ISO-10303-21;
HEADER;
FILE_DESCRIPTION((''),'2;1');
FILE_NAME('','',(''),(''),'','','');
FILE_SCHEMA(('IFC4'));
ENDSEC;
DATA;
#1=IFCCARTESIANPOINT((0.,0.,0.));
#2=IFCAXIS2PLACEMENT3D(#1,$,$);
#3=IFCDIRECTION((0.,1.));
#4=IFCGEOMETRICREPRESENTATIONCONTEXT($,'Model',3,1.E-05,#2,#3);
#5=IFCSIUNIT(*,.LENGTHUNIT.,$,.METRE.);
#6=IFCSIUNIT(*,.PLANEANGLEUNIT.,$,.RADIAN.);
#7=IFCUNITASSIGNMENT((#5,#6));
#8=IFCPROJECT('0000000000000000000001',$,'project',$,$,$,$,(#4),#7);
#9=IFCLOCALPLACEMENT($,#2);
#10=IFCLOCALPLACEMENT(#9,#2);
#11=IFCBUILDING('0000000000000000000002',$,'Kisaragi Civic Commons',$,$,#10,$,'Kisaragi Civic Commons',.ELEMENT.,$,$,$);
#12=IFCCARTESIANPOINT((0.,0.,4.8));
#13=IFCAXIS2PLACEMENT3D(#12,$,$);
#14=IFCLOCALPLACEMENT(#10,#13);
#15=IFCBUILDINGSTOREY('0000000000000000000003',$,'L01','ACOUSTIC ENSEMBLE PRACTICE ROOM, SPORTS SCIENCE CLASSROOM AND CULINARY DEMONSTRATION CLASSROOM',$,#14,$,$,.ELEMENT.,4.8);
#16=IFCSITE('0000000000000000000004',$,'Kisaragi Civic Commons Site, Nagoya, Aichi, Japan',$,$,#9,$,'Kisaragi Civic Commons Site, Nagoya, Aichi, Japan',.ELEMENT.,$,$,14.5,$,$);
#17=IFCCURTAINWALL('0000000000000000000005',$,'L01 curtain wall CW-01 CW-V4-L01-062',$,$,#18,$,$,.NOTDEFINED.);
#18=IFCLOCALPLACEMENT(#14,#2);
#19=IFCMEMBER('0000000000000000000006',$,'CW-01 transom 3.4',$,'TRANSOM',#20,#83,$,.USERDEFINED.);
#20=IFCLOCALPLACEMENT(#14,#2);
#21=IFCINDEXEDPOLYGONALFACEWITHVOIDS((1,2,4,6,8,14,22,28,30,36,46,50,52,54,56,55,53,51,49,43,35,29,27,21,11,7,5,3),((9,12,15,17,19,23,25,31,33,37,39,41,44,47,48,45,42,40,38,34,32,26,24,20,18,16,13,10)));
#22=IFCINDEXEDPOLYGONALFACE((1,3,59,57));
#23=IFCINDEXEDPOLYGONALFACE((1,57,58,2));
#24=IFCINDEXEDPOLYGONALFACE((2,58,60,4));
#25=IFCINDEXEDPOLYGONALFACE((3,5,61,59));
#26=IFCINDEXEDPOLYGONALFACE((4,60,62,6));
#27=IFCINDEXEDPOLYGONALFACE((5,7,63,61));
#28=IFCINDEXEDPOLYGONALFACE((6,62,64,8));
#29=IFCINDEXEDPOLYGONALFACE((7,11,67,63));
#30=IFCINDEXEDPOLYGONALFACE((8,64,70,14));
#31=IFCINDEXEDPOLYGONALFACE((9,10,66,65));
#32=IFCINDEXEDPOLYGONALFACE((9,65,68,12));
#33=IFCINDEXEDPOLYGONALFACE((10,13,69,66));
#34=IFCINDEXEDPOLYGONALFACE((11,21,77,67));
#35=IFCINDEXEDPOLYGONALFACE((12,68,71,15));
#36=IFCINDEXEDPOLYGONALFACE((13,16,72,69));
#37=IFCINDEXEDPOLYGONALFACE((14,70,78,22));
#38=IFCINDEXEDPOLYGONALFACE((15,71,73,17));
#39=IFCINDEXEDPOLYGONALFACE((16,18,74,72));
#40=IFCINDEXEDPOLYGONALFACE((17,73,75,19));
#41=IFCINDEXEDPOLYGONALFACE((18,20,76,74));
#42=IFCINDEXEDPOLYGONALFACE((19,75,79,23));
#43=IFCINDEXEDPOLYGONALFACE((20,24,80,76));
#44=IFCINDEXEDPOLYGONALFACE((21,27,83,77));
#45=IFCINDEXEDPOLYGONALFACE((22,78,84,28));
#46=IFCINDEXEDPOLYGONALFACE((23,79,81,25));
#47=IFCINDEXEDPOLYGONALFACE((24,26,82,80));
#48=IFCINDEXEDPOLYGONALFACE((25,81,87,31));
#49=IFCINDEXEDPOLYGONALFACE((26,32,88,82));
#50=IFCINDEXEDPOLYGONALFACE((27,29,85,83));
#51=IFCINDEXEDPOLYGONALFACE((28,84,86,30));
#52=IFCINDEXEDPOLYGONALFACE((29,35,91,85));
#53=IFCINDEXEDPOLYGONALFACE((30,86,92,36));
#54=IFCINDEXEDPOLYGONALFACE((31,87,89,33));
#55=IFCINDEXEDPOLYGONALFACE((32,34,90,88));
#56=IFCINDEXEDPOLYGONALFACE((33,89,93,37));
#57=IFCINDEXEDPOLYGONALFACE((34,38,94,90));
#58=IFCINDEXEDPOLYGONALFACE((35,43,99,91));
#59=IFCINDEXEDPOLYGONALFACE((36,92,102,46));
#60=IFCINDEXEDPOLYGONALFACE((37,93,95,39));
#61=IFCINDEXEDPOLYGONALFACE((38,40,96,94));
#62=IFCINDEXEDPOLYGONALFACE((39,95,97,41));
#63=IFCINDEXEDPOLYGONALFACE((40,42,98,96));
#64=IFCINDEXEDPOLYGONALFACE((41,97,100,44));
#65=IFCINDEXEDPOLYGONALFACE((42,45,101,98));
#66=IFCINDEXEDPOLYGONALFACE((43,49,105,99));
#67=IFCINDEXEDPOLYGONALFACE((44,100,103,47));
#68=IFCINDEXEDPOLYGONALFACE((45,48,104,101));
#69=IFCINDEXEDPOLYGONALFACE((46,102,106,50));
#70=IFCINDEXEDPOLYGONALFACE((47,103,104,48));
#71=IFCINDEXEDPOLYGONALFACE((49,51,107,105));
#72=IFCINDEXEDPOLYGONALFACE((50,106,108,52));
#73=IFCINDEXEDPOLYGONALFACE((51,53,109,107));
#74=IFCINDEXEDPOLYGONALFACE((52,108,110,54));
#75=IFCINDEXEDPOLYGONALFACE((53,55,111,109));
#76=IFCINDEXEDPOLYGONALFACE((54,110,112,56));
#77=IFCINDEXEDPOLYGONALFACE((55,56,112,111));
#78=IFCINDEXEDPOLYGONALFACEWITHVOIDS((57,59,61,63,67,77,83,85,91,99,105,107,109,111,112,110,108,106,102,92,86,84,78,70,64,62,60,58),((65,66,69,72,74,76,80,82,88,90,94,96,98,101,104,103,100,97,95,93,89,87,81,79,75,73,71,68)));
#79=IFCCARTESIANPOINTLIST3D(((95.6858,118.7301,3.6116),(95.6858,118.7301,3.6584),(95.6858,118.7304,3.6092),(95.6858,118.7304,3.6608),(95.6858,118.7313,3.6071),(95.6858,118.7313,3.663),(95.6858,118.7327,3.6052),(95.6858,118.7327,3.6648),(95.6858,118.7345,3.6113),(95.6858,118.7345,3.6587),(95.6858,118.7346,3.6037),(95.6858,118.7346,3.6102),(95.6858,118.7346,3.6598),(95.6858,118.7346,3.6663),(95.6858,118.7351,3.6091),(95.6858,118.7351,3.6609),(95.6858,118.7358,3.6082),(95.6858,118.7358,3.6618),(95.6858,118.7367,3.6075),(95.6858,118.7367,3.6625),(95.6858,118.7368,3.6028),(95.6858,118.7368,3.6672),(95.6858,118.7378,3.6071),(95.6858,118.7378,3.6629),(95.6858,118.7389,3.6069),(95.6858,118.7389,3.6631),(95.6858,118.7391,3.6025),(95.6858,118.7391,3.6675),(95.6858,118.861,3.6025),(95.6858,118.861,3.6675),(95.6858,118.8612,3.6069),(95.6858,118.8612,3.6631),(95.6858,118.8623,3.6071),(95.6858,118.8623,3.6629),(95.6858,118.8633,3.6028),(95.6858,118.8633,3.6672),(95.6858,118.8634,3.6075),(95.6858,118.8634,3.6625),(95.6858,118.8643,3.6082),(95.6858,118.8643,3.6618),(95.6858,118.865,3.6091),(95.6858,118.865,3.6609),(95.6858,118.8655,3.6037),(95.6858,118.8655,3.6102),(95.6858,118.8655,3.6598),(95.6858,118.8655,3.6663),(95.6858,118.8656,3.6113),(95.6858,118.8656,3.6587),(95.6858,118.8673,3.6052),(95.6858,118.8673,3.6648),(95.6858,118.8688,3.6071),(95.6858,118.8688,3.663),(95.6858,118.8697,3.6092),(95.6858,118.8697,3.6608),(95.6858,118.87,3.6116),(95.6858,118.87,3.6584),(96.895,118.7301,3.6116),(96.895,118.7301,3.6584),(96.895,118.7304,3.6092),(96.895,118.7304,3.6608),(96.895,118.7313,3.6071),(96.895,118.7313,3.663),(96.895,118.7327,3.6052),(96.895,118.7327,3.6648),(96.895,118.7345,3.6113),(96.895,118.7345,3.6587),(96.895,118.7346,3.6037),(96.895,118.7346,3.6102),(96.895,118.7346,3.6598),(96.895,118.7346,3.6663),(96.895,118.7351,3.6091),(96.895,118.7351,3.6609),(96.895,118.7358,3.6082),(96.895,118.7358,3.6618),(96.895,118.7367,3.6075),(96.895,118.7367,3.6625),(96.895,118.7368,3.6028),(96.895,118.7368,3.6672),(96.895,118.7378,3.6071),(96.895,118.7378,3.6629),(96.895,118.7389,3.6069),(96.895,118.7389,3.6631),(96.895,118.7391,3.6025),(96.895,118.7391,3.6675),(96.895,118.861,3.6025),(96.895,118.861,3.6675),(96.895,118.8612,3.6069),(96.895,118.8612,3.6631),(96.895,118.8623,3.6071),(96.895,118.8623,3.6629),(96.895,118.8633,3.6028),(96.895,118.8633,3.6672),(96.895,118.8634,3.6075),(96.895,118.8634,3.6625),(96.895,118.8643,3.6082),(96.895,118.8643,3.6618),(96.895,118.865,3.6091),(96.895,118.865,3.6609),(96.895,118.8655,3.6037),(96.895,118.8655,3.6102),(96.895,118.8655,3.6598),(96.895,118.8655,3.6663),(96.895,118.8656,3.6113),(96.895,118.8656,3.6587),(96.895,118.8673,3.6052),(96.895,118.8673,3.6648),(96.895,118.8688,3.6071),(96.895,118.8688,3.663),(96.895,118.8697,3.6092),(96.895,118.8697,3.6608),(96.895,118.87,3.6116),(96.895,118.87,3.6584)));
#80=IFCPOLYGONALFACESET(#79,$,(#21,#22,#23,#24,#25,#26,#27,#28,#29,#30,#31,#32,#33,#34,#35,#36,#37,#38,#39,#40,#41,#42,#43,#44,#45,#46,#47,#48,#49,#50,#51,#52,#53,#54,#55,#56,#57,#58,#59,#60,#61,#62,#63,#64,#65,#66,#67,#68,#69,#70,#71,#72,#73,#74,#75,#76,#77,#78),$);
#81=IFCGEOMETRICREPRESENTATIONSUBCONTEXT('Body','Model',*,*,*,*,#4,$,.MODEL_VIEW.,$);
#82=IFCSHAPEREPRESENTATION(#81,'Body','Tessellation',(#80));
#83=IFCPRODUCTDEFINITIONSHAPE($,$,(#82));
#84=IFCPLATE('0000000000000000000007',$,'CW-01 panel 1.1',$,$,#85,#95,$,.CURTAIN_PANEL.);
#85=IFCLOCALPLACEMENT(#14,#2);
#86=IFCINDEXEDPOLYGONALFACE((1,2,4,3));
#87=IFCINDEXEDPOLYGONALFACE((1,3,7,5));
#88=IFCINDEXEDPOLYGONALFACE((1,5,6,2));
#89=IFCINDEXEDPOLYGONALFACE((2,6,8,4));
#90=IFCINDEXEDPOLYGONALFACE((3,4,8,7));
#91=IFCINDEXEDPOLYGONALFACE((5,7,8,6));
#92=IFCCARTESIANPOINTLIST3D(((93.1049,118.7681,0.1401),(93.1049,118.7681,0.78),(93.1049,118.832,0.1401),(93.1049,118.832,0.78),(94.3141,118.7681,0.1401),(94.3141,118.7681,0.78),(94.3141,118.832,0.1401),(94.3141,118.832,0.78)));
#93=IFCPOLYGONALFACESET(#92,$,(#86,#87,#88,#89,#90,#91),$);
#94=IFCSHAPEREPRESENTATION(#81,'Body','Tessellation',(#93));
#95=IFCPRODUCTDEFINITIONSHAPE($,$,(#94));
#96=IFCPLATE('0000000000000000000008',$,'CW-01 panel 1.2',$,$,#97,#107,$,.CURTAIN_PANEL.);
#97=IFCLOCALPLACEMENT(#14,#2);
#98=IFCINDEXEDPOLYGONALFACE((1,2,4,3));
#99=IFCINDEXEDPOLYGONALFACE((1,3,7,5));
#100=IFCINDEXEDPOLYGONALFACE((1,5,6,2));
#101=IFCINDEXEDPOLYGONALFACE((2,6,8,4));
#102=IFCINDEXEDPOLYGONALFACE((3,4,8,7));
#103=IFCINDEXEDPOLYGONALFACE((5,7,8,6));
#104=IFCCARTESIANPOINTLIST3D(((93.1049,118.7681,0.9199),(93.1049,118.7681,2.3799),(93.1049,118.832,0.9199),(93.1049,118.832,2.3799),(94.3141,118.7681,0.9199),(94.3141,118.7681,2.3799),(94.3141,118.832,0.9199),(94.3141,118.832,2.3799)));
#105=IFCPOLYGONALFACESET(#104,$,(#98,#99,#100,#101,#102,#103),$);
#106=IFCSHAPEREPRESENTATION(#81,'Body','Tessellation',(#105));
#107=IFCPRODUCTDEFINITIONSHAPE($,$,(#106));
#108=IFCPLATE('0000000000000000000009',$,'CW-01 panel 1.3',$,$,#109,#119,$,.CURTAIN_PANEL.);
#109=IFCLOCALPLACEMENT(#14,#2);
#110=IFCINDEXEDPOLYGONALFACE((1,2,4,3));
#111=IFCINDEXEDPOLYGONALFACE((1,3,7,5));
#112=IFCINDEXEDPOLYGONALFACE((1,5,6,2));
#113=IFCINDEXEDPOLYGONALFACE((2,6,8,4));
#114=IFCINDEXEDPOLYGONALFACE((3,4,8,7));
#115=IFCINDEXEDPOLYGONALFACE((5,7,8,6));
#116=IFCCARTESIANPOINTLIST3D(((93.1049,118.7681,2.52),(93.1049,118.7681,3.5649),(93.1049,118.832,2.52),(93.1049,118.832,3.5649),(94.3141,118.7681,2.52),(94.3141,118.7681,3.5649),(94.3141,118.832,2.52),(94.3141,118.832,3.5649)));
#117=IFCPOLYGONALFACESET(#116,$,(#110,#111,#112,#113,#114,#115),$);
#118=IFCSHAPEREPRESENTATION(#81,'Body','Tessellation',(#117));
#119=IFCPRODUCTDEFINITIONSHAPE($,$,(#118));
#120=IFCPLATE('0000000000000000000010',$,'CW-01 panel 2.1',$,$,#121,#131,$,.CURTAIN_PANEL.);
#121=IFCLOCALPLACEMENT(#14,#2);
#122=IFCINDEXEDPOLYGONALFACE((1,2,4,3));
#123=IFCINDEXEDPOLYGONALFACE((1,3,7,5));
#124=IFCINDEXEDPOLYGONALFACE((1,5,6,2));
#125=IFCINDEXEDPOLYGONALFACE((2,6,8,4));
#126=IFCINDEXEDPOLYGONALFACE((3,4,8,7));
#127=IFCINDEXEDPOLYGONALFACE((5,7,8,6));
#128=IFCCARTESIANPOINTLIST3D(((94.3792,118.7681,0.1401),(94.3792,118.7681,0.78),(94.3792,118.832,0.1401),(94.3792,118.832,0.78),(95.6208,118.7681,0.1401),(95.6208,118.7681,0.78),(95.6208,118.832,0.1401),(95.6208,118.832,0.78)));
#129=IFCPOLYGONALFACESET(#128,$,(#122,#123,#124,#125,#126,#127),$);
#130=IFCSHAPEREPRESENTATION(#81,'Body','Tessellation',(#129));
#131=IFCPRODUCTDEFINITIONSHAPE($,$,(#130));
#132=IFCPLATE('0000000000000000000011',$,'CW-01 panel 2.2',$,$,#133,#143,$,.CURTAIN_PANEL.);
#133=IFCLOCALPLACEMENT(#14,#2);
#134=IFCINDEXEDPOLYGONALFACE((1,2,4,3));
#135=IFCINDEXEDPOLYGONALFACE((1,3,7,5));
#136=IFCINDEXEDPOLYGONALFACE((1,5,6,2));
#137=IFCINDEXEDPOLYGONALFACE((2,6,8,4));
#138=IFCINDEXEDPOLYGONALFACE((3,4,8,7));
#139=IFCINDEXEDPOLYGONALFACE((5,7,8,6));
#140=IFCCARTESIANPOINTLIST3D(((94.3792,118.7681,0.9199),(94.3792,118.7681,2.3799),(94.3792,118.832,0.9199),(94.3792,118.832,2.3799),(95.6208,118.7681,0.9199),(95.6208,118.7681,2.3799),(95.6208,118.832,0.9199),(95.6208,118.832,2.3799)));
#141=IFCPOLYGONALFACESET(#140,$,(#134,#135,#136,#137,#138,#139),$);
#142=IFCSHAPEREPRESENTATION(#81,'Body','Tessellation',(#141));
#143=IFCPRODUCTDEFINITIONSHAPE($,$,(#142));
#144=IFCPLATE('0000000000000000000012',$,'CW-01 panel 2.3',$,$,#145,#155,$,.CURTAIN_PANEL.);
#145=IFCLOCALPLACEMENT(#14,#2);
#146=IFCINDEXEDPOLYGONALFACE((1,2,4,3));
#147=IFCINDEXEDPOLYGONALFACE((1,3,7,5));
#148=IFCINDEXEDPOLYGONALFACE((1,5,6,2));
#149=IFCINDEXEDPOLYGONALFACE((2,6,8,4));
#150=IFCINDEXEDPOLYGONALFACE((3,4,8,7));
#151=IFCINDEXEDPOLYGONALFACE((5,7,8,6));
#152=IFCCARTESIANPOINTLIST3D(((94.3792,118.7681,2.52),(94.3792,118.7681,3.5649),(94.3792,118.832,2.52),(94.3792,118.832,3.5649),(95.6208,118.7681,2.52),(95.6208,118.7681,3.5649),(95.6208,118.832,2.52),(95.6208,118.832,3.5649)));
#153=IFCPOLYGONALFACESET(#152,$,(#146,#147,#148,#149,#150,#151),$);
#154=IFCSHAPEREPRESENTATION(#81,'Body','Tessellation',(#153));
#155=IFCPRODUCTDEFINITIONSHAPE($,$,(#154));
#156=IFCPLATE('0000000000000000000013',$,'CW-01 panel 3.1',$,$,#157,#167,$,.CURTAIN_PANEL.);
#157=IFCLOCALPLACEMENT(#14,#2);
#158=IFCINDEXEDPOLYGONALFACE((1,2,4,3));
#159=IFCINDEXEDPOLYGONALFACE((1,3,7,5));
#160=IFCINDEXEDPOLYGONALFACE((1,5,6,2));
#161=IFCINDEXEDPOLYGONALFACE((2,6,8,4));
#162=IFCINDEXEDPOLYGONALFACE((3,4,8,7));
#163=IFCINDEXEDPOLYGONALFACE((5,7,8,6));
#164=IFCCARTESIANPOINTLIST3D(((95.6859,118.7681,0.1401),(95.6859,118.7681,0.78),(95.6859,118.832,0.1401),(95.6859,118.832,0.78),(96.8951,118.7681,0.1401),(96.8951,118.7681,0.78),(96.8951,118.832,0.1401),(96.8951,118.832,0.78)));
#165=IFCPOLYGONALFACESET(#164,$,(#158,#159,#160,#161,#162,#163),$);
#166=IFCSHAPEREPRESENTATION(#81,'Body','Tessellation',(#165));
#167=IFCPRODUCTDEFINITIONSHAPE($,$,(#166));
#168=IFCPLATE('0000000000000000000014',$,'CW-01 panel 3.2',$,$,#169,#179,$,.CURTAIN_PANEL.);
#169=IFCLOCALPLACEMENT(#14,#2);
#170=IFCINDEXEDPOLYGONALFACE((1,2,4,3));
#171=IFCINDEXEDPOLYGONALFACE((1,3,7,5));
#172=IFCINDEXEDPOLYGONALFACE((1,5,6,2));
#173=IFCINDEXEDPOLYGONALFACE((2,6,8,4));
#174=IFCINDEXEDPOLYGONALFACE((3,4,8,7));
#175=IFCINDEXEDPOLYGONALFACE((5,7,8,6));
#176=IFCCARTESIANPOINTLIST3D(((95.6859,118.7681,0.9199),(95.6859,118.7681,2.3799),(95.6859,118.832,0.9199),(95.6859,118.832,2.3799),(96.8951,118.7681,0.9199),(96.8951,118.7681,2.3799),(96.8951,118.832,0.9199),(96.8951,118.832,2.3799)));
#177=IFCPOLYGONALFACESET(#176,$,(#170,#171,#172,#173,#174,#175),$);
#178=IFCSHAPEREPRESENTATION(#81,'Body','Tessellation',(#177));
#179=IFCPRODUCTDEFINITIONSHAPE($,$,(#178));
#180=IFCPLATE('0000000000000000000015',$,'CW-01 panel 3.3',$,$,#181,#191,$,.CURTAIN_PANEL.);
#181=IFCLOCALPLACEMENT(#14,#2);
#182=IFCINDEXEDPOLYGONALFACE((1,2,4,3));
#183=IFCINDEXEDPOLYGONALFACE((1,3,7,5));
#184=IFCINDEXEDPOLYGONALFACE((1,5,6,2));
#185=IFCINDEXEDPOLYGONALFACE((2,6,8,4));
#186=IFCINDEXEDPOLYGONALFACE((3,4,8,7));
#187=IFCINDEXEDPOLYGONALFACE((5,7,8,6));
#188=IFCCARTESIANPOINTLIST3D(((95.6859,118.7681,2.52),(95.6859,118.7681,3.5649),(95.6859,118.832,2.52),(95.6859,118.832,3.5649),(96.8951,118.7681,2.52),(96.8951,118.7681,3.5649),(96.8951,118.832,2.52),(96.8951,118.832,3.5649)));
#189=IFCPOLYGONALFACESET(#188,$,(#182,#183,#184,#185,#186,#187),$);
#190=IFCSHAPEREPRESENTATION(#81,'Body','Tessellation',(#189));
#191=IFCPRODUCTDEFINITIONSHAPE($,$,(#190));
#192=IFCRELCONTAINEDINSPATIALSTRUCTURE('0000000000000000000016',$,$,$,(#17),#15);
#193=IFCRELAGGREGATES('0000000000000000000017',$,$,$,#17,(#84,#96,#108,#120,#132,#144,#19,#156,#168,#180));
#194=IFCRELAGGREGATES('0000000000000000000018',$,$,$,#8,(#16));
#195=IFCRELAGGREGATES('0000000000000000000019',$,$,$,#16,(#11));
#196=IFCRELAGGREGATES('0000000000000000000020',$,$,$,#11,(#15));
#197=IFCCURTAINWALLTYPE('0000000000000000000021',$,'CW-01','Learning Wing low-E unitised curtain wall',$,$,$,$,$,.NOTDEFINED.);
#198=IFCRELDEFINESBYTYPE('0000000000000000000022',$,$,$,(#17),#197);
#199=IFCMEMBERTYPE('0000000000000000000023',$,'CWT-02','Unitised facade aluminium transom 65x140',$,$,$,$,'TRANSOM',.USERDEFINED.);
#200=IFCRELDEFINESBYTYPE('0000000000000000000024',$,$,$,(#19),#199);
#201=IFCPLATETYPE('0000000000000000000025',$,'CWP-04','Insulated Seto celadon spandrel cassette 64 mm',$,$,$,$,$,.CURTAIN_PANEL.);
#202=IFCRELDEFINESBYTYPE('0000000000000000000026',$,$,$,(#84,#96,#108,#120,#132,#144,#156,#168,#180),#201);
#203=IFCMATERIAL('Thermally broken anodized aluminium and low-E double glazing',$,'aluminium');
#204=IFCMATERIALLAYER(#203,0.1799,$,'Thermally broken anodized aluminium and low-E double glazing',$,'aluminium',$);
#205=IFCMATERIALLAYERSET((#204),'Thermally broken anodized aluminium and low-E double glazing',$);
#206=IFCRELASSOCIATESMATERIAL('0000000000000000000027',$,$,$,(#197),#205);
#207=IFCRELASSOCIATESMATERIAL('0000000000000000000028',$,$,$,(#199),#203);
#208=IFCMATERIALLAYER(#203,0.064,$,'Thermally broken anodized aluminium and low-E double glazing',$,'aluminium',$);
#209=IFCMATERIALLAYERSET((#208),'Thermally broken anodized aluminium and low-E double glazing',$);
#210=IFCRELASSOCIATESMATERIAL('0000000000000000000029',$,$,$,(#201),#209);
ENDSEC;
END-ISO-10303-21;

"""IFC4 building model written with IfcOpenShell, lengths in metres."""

from ifc_helpers import new_model, si_unit, direction, frame, origin, origin_2d, place, context, subcontext, project, spatial, rectangle, hollow_rectangle, extrude, material, layer, layer_set, material_profile, profile_set, type_object, element, aggregate, save


model = new_model("IFC4")

# Units and contexts
model_context = context("Model", 3, precision=1e-05, world=origin(), true_north=direction((0.0, 1.0)))
body_context = subcontext(model_context, "Body", "Model", "MODEL_VIEW")
ifc_project = project(units=[si_unit("LENGTHUNIT", "METRE"), si_unit("PLANEANGLEUNIT", "RADIAN")], contexts=[model_context])

# Site, building, storey
site_placement = place(None, origin())
site = spatial("IfcSite", under=ifc_project, at=site_placement, Name="Kisaragi Civic Commons Site, Nagoya, Aichi, Japan", LongName="Kisaragi Civic Commons Site, Nagoya, Aichi, Japan", CompositionType="ELEMENT", RefElevation=14.5)
building_placement = place(site_placement, origin())
building = spatial("IfcBuilding", under=site, at=building_placement, Name="Kisaragi Civic Commons", LongName="Kisaragi Civic Commons", CompositionType="ELEMENT")
storey_placement = place(building_placement, frame((0.0, 0.0, 4.8)))
storey = spatial("IfcBuildingStorey", under=building, at=storey_placement, Name="L01", Description="ACOUSTIC ENSEMBLE PRACTICE ROOM, SPORTS SCIENCE CLASSROOM AND CULINARY DEMONSTRATION CLASSROOM", CompositionType="ELEMENT", Elevation=4.8)

# Curtain wall, member, plates
ifc_material_1 = material(Name="Thermally broken anodized aluminium and low-E double glazing", Category="aluminium")
ifc_layer_1 = layer(ifc_material_1, 0.1799, Name="Thermally broken anodized aluminium and low-E double glazing", Category="aluminium")
ifc_layer_set_1 = layer_set([ifc_layer_1], Name="Thermally broken anodized aluminium and low-E double glazing")
curtain_wall_type = type_object("IfcCurtainWallType", Name="CW-01", Description="Learning Wing low-E unitised curtain wall", PredefinedType="NOTDEFINED", material=ifc_layer_set_1)
curtain_wall_placement = place(storey_placement, origin())
curtain_wall = element("IfcCurtainWall", 1, at=curtain_wall_placement, inside=storey, type_object=curtain_wall_type, Name="L01 curtain wall CW-01 CW-V4-L01-062", PredefinedType="NOTDEFINED")
ifc_material_profile_1 = material_profile(ifc_material_1, hollow_rectangle(XDim=0.1399, YDim=0.0649, WallThickness=0.0044, InnerFilletRadius=0.0044, OuterFilletRadius=0.009, at=origin_2d()), Name="CWT-65x140x4.5", Category="aluminium")
ifc_profile_set_1 = profile_set([ifc_material_profile_1], Name="Thermally broken anodized aluminium and low-E double glazing")
member_type_1 = type_object("IfcMemberType", Name="CWT-02", Description="Unitised facade aluminium transom 65x140", ElementType="TRANSOM", PredefinedType="USERDEFINED", material=ifc_profile_set_1)
member_1_placement = place(storey_placement, frame((95.6858, 118.8, 3.635), z_axis=(1.0, 0.0, 0.0), x_axis=(0.0, 1.0, 0.0)))
member_1 = element("IfcMember", 2, at=member_1_placement, type_object=member_type_1, Name="CW-01 transom 3.4", ObjectType="TRANSOM", PredefinedType="USERDEFINED", context=body_context, shape_type="SweptSolid", body=[
    extrude(hollow_rectangle(XDim=0.1399, YDim=0.0649, WallThickness=0.0044, InnerFilletRadius=0.0044, OuterFilletRadius=0.009, at=origin_2d()), origin(), (0.0, 0.0, 1.0), 1.2092),
])
ifc_layer_2 = layer(ifc_material_1, 0.064, Name="Thermally broken anodized aluminium and low-E double glazing", Category="aluminium")
ifc_layer_set_2 = layer_set([ifc_layer_2], Name="Thermally broken anodized aluminium and low-E double glazing")
plate_type = type_object("IfcPlateType", Name="CWP-04", Description="Insulated Seto celadon spandrel cassette 64 mm", PredefinedType="CURTAIN_PANEL", material=ifc_layer_set_2)
plate_1_placement = place(storey_placement, frame((93.7095, 118.8, 0.1401), z_axis=(0.0, 0.0, 1.0), x_axis=(1.0, 0.0, 0.0)))
plate_1 = element("IfcPlate", 3, at=plate_1_placement, type_object=plate_type, Name="CW-01 panel 1.1", PredefinedType="CURTAIN_PANEL", context=body_context, shape_type="SweptSolid", body=[
    extrude(rectangle(XDim=1.2092, YDim=0.064, at=origin_2d()), origin(), (0.0, 0.0, 1.0), 0.6399),
])
plate_2_placement = place(storey_placement, frame((93.7095, 118.8, 0.9199), z_axis=(0.0, 0.0, 1.0), x_axis=(1.0, 0.0, 0.0)))
plate_2 = element("IfcPlate", 4, at=plate_2_placement, type_object=plate_type, Name="CW-01 panel 1.2", PredefinedType="CURTAIN_PANEL", context=body_context, shape_type="SweptSolid", body=[
    extrude(rectangle(XDim=1.2092, YDim=0.064, at=origin_2d()), origin(), (0.0, 0.0, 1.0), 1.46),
])
plate_3_placement = place(storey_placement, frame((93.7095, 118.8, 2.52), z_axis=(0.0, 0.0, 1.0), x_axis=(1.0, 0.0, 0.0)))
plate_3 = element("IfcPlate", 5, at=plate_3_placement, type_object=plate_type, Name="CW-01 panel 1.3", PredefinedType="CURTAIN_PANEL", context=body_context, shape_type="SweptSolid", body=[
    extrude(rectangle(XDim=1.2092, YDim=0.064, at=origin_2d()), origin(), (0.0, 0.0, 1.0), 1.0449),
])
plate_4_placement = place(storey_placement, frame((95.0, 118.8, 0.1401), z_axis=(0.0, 0.0, 1.0), x_axis=(1.0, 0.0, 0.0)))
plate_4 = element("IfcPlate", 6, at=plate_4_placement, type_object=plate_type, Name="CW-01 panel 2.1", PredefinedType="CURTAIN_PANEL", context=body_context, shape_type="SweptSolid", body=[
    extrude(rectangle(XDim=1.2417, YDim=0.064, at=origin_2d()), origin(), (0.0, 0.0, 1.0), 0.6399),
])
plate_5_placement = place(storey_placement, frame((95.0, 118.8, 0.9199), z_axis=(0.0, 0.0, 1.0), x_axis=(1.0, 0.0, 0.0)))
plate_5 = element("IfcPlate", 7, at=plate_5_placement, type_object=plate_type, Name="CW-01 panel 2.2", PredefinedType="CURTAIN_PANEL", context=body_context, shape_type="SweptSolid", body=[
    extrude(rectangle(XDim=1.2417, YDim=0.064, at=origin_2d()), origin(), (0.0, 0.0, 1.0), 1.46),
])
plate_6_placement = place(storey_placement, frame((95.0, 118.8, 2.52), z_axis=(0.0, 0.0, 1.0), x_axis=(1.0, 0.0, 0.0)))
plate_6 = element("IfcPlate", 8, at=plate_6_placement, type_object=plate_type, Name="CW-01 panel 2.3", PredefinedType="CURTAIN_PANEL", context=body_context, shape_type="SweptSolid", body=[
    extrude(rectangle(XDim=1.2417, YDim=0.064, at=origin_2d()), origin(), (0.0, 0.0, 1.0), 1.0449),
])
plate_7_placement = place(storey_placement, frame((96.2905, 118.8, 0.1401), z_axis=(0.0, 0.0, 1.0), x_axis=(1.0, 0.0, 0.0)))
plate_7 = element("IfcPlate", 9, at=plate_7_placement, type_object=plate_type, Name="CW-01 panel 3.1", PredefinedType="CURTAIN_PANEL", context=body_context, shape_type="SweptSolid", body=[
    extrude(rectangle(XDim=1.2092, YDim=0.064, at=origin_2d()), origin(), (0.0, 0.0, 1.0), 0.6399),
])
plate_8_placement = place(storey_placement, frame((96.2905, 118.8, 0.9199), z_axis=(0.0, 0.0, 1.0), x_axis=(1.0, 0.0, 0.0)))
plate_8 = element("IfcPlate", 10, at=plate_8_placement, type_object=plate_type, Name="CW-01 panel 3.2", PredefinedType="CURTAIN_PANEL", context=body_context, shape_type="SweptSolid", body=[
    extrude(rectangle(XDim=1.2092, YDim=0.064, at=origin_2d()), origin(), (0.0, 0.0, 1.0), 1.46),
])
plate_9_placement = place(storey_placement, frame((96.2905, 118.8, 2.52), z_axis=(0.0, 0.0, 1.0), x_axis=(1.0, 0.0, 0.0)))
plate_9 = element("IfcPlate", 11, at=plate_9_placement, type_object=plate_type, Name="CW-01 panel 3.3", PredefinedType="CURTAIN_PANEL", context=body_context, shape_type="SweptSolid", body=[
    extrude(rectangle(XDim=1.2092, YDim=0.064, at=origin_2d()), origin(), (0.0, 0.0, 1.0), 1.0449),
])
aggregate(curtain_wall, [plate_1, plate_2, plate_3, plate_4, plate_5, plate_6, member_1, plate_7, plate_8, plate_9])

save(model, "model.ifc")
